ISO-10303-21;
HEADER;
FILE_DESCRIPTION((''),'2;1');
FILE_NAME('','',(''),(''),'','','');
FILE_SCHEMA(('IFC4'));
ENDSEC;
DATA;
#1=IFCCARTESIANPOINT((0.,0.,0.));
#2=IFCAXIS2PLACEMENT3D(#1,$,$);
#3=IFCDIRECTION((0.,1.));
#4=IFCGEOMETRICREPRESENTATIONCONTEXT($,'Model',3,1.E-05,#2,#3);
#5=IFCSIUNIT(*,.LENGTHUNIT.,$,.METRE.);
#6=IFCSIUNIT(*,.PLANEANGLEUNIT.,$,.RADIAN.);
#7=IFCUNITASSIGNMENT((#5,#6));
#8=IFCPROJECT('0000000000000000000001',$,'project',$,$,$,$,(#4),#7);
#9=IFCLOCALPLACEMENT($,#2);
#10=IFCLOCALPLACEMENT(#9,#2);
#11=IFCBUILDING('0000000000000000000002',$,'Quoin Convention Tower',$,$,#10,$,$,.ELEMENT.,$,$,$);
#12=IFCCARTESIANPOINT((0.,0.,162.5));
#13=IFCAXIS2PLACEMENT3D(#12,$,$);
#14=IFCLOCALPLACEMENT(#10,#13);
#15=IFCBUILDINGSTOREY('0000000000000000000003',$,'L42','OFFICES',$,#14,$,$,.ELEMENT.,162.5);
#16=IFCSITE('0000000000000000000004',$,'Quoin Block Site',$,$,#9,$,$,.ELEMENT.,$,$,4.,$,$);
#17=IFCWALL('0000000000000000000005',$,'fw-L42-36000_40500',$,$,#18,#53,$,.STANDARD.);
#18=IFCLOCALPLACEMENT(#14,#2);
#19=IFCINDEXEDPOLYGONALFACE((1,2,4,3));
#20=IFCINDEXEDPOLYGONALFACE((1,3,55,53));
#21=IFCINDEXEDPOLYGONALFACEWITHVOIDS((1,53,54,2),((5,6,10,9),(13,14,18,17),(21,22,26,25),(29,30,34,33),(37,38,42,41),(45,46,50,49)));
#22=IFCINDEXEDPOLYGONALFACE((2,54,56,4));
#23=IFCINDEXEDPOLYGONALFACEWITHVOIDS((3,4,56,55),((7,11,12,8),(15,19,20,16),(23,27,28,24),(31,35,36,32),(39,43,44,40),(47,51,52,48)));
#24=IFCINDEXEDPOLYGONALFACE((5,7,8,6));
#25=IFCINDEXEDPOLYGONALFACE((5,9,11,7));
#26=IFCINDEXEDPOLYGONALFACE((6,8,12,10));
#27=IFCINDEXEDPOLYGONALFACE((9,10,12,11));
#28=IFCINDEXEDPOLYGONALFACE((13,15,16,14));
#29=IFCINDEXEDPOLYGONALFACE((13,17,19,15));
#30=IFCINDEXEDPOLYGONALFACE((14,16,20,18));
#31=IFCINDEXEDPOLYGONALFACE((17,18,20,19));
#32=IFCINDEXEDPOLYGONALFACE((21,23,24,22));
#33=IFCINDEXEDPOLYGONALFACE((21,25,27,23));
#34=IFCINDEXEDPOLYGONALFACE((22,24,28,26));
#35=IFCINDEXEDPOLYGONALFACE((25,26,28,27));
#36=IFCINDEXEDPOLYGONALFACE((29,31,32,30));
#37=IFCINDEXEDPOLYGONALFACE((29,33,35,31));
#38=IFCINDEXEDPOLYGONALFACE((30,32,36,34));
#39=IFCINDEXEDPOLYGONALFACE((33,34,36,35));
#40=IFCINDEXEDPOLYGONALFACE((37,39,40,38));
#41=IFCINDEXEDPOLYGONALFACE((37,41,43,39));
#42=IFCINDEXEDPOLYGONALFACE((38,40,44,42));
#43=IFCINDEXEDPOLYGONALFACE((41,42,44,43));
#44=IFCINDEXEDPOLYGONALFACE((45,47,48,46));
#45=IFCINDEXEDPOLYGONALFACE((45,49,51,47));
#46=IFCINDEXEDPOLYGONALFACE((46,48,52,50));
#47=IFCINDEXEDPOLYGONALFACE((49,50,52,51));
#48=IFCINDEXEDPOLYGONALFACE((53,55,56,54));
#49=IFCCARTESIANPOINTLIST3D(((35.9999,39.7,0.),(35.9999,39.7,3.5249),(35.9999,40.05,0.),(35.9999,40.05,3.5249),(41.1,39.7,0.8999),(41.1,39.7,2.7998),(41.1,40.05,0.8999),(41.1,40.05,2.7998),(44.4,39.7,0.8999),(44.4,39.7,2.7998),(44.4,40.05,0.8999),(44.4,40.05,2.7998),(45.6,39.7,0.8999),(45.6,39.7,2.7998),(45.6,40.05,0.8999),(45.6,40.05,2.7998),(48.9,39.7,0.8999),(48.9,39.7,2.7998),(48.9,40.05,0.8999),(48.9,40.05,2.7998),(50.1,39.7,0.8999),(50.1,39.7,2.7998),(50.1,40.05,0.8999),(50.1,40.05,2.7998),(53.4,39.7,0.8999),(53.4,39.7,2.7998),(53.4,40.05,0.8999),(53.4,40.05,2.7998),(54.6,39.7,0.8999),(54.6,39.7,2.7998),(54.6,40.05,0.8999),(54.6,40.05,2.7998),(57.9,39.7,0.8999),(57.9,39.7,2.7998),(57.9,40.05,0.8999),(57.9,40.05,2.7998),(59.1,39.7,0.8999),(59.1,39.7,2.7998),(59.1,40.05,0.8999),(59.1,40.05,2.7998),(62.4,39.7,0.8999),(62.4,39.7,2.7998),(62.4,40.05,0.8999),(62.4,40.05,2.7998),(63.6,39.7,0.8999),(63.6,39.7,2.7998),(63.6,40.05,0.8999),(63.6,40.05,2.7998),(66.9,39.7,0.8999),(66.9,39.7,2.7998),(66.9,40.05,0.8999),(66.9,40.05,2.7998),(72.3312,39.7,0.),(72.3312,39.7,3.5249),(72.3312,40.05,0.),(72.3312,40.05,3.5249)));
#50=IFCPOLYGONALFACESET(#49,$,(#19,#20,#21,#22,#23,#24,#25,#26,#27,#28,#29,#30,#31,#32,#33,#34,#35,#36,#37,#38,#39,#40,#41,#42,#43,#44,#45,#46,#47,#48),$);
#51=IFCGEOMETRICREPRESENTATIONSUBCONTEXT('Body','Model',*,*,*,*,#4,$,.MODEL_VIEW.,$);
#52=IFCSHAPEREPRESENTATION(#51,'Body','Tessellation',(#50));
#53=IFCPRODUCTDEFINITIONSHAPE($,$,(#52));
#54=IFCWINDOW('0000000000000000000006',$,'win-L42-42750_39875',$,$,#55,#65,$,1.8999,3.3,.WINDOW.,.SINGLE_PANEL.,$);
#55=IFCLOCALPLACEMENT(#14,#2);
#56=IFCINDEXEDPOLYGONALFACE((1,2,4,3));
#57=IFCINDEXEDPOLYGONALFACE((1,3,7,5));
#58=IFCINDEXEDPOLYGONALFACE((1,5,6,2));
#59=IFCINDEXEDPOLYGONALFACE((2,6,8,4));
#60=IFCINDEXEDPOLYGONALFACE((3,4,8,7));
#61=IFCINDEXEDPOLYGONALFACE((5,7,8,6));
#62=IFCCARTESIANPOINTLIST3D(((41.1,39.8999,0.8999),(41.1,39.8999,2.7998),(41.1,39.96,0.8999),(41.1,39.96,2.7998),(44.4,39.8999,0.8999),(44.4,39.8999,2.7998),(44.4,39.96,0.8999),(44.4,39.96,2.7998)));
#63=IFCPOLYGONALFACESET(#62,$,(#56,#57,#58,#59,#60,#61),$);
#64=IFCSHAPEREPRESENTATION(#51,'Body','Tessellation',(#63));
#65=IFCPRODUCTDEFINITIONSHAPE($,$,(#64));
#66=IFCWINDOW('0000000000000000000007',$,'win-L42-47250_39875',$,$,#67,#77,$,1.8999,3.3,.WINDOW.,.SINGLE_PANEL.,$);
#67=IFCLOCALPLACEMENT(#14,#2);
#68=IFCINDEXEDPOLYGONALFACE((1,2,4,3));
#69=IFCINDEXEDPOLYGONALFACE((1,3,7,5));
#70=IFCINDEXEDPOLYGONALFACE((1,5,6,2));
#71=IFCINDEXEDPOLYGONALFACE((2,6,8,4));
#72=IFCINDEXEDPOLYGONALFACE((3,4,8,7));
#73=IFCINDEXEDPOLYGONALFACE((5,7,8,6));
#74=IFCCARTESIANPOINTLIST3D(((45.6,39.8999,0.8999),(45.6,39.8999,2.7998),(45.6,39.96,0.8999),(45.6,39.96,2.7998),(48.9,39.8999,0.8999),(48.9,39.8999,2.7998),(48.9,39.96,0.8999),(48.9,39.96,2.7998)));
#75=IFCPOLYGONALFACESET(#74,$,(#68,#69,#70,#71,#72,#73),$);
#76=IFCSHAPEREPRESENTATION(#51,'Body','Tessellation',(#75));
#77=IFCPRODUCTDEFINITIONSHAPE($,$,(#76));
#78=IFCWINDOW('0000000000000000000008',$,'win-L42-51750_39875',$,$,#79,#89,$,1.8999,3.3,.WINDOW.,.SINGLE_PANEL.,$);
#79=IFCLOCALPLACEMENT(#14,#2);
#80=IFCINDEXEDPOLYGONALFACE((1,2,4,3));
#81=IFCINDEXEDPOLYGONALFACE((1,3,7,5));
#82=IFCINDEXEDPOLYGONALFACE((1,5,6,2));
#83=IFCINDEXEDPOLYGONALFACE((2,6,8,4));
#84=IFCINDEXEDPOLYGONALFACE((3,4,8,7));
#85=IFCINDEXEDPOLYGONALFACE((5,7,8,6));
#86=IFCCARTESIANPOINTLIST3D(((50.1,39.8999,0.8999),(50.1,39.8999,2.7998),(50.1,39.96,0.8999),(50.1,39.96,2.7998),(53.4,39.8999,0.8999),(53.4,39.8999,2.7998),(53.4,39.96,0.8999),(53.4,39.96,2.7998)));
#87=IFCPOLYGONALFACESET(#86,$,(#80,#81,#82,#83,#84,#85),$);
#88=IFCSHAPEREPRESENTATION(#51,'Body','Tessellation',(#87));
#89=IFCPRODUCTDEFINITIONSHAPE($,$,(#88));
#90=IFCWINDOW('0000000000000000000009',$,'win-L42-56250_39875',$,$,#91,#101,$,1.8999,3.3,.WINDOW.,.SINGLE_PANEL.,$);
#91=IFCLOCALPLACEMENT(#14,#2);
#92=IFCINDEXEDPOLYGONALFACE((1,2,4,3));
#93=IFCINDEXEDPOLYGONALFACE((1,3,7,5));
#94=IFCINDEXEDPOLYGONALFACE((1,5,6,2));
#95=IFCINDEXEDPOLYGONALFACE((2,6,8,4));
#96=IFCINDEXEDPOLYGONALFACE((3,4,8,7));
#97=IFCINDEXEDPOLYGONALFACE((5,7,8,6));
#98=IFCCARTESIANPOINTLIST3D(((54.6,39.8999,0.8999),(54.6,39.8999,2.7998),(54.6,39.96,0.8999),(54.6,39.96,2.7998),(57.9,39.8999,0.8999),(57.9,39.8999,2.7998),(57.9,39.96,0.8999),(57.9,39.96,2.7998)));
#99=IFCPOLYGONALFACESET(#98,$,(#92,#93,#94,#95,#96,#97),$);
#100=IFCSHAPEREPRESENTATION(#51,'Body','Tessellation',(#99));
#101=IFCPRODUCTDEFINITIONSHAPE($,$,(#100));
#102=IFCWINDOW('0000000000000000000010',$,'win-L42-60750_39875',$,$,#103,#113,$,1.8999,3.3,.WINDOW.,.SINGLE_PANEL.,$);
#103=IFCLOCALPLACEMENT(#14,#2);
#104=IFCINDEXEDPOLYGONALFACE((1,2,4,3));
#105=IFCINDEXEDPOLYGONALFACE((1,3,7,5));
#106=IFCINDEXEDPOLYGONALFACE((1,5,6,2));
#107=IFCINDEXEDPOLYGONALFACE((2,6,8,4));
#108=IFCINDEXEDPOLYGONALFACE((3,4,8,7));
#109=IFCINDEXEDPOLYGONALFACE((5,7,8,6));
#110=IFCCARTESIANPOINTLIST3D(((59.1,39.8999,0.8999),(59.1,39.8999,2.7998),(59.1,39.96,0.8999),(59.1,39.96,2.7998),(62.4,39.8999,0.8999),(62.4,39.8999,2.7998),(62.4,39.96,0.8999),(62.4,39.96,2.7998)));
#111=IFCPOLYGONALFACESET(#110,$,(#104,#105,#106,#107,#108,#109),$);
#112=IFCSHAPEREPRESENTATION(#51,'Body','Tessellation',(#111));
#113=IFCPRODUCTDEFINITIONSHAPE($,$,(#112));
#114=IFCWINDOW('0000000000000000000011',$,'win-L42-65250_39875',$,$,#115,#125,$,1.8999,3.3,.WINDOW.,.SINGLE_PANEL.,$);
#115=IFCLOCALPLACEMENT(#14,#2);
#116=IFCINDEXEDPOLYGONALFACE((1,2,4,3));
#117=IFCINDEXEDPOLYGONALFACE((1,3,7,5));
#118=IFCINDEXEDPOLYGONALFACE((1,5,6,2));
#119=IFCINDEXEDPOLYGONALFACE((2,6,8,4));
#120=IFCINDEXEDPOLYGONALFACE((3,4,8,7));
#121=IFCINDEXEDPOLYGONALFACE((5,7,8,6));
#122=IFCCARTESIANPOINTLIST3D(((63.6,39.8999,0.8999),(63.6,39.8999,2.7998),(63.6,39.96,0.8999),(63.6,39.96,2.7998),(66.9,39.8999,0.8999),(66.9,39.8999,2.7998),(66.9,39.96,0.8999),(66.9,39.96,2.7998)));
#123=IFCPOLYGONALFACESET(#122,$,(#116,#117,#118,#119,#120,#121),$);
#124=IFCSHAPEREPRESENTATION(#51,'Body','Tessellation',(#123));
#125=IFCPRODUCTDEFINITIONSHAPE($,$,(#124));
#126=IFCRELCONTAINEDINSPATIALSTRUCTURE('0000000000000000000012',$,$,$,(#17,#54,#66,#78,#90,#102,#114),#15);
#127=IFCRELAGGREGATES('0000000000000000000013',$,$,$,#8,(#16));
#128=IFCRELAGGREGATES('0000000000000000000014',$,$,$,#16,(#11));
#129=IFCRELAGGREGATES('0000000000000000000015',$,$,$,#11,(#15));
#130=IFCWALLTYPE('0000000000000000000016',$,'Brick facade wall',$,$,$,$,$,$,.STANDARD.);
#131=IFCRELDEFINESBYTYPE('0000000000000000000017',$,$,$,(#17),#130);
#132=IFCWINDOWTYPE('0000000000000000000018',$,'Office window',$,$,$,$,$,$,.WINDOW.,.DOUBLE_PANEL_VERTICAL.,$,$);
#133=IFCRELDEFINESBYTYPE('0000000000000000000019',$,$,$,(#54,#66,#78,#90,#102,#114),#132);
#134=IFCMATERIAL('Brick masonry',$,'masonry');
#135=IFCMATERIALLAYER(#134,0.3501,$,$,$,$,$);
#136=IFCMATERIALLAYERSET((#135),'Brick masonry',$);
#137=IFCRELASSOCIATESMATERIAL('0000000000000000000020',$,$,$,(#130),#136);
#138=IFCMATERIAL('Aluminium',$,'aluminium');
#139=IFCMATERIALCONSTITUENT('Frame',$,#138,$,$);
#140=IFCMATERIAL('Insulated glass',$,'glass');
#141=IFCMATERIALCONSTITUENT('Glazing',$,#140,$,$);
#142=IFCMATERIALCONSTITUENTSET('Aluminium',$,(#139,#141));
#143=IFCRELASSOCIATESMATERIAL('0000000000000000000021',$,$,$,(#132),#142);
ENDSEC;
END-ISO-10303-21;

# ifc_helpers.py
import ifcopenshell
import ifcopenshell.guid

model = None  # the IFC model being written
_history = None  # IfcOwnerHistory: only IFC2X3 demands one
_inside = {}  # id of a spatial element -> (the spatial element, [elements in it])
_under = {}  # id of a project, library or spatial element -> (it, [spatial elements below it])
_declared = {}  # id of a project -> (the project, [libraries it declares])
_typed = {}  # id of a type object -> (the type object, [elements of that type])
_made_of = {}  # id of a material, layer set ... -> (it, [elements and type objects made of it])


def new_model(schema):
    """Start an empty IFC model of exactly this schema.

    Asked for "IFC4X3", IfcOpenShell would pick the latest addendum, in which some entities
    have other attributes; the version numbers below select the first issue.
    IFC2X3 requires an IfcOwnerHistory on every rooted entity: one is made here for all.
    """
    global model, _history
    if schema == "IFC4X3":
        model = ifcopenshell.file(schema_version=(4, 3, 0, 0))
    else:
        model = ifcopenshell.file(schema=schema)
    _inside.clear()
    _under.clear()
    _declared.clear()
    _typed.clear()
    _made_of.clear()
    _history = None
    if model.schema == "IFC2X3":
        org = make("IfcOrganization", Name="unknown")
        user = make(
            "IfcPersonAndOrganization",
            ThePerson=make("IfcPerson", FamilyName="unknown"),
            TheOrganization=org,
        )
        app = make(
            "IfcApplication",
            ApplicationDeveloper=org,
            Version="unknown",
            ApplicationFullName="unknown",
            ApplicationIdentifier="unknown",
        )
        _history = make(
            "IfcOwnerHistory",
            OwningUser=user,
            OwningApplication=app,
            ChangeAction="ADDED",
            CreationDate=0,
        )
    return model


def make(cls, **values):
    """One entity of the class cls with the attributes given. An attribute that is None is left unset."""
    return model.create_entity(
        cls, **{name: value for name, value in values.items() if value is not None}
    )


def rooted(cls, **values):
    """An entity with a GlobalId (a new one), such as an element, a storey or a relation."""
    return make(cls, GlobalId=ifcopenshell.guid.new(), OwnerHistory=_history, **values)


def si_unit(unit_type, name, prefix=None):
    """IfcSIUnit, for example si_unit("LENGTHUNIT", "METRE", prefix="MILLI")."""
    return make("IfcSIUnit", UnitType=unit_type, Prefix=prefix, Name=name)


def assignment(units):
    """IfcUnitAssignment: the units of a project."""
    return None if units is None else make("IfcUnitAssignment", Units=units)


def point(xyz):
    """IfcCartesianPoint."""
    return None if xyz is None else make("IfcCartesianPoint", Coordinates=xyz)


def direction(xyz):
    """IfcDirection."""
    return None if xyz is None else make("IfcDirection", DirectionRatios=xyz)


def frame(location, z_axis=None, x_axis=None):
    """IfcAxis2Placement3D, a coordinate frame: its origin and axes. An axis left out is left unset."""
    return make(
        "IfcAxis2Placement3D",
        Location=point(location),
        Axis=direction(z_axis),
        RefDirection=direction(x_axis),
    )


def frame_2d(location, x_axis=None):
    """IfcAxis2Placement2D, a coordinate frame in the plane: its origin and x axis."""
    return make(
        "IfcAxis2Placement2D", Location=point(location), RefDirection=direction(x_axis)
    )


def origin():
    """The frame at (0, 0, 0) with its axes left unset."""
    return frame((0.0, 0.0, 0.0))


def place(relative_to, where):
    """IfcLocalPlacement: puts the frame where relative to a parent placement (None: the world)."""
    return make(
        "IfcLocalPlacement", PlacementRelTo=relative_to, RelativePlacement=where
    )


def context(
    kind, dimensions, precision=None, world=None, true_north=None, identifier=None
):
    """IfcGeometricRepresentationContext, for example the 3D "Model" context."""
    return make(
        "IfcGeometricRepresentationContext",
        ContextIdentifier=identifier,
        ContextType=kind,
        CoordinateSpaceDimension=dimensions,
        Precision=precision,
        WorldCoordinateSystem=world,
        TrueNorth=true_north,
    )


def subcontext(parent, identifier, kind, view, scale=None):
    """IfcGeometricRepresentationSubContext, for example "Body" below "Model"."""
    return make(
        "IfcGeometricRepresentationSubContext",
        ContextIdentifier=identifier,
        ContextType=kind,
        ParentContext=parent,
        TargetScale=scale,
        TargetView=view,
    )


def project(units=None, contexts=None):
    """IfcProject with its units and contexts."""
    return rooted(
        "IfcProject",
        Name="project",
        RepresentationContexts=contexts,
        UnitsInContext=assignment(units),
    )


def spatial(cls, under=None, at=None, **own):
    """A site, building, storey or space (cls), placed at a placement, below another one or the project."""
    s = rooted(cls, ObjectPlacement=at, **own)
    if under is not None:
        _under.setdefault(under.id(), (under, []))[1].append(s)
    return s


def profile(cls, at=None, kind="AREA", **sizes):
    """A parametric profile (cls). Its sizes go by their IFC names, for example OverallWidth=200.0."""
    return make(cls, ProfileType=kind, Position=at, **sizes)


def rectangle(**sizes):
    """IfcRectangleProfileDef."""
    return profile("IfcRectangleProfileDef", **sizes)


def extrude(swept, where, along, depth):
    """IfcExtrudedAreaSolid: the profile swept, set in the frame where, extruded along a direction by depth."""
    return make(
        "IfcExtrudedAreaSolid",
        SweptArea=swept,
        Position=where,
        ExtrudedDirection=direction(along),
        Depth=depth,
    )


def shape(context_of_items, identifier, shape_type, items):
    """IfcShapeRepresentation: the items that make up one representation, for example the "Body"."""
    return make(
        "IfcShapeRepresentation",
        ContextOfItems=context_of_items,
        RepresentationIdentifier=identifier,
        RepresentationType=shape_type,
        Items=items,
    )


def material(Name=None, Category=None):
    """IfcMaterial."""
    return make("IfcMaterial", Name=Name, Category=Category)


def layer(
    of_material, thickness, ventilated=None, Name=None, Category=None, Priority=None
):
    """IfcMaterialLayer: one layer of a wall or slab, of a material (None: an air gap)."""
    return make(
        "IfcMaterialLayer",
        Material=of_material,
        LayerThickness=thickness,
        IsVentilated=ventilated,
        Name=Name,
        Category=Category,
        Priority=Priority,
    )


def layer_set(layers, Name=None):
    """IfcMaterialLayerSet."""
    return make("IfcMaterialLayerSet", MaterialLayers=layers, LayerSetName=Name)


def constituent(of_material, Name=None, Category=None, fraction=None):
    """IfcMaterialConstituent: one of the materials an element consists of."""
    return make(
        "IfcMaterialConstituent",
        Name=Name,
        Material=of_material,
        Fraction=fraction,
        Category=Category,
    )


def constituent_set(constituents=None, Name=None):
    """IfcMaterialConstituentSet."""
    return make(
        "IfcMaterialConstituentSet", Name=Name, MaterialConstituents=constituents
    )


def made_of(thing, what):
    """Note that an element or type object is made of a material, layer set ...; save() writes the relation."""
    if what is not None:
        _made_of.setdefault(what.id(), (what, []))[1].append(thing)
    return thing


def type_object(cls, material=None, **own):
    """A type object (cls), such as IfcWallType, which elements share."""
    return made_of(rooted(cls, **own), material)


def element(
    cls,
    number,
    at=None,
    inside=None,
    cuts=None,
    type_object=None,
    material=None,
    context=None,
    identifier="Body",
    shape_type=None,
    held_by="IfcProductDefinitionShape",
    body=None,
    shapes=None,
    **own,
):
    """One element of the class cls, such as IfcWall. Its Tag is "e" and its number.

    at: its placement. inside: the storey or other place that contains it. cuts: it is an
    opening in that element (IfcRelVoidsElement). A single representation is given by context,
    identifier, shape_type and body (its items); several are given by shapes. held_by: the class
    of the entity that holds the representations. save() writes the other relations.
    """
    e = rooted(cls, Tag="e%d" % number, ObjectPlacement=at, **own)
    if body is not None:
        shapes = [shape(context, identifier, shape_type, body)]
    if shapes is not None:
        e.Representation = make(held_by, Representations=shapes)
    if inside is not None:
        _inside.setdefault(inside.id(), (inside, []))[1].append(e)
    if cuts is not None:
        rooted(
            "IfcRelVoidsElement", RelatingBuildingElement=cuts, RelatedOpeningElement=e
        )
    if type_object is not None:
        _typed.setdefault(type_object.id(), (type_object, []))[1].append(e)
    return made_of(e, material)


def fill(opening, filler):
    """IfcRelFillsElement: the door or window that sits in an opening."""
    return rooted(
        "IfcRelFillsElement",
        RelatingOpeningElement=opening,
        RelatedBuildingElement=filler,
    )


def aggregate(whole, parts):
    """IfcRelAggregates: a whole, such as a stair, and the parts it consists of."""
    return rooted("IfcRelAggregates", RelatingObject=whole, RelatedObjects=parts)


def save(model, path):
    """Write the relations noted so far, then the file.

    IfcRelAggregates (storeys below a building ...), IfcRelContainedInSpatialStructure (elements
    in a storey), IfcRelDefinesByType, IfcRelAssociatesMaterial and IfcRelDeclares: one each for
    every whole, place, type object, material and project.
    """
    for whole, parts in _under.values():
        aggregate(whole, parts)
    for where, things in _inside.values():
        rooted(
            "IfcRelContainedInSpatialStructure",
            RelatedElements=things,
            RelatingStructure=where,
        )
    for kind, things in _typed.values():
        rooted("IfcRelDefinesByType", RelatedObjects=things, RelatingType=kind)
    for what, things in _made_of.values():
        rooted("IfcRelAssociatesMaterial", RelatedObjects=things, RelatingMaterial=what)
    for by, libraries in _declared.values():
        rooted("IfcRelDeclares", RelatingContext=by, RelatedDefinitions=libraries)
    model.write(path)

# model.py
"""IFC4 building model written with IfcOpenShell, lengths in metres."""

from ifc_helpers import new_model, si_unit, direction, frame, frame_2d, origin, place, context, subcontext, project, spatial, rectangle, extrude, material, layer, layer_set, constituent, constituent_set, type_object, element, fill, save


model = new_model("IFC4")

# Units and contexts
model_context = context("Model", 3, precision=1e-05, world=origin(), true_north=direction((0.0, 1.0)))
body_context = subcontext(model_context, "Body", "Model", "MODEL_VIEW")
ifc_project = project(units=[si_unit("LENGTHUNIT", "METRE"), si_unit("PLANEANGLEUNIT", "RADIAN")], contexts=[model_context])

# Site, building, storey
site_placement = place(None, origin())
site = spatial("IfcSite", under=ifc_project, at=site_placement, Name="Quoin Block Site", CompositionType="ELEMENT", RefElevation=4.0)
building_placement = place(site_placement, origin())
building = spatial("IfcBuilding", under=site, at=building_placement, Name="Quoin Convention Tower", CompositionType="ELEMENT")
storey_placement = place(building_placement, frame((0.0, 0.0, 162.5)))
storey = spatial("IfcBuildingStorey", under=building, at=storey_placement, Name="L42", Description="OFFICES", CompositionType="ELEMENT", Elevation=162.5)

# Wall, openings, windows
ifc_material_1 = material(Name="Brick masonry", Category="masonry")
ifc_layer_1 = layer(ifc_material_1, 0.3501)
ifc_layer_set_1 = layer_set([ifc_layer_1], Name="Brick masonry")
wall_type = type_object("IfcWallType", Name="Brick facade wall", PredefinedType="STANDARD", material=ifc_layer_set_1)
wall_1_placement = place(storey_placement, frame((36.0, 39.875, 0.0), z_axis=(0.0, 0.0, 1.0), x_axis=(1.0, 0.0, 0.0)))
wall_1 = element("IfcWall", 1, at=wall_1_placement, inside=storey, type_object=wall_type, Name="fw-L42-36000_40500", PredefinedType="STANDARD", context=body_context, shape_type="SweptSolid", body=[
    extrude(rectangle(XDim=36.3313, YDim=0.3501, at=frame_2d((18.1655, 0.0))), origin(), (0.0, 0.0, 1.0), 3.5249),
])
opening_1_placement = place(wall_1_placement, frame((5.1001, 0.0, 0.8999)))
opening_1 = element("IfcOpeningElement", 2, at=opening_1_placement, cuts=wall_1, PredefinedType="OPENING", context=body_context, shape_type="SweptSolid", body=[
    extrude(rectangle(XDim=3.3, YDim=1.8999, at=frame_2d((1.6499, 0.95))), frame((0.0, 0.1851, 0.0), z_axis=(0.0, -1.0, 0.0), x_axis=(1.0, 0.0, 0.0)), (0.0, 0.0, 1.0), 0.3701),
])
opening_2_placement = place(wall_1_placement, frame((9.6001, 0.0, 0.8999)))
opening_2 = element("IfcOpeningElement", 3, at=opening_2_placement, cuts=wall_1, PredefinedType="OPENING", context=body_context, shape_type="SweptSolid", body=[
    extrude(rectangle(XDim=3.3, YDim=1.8999, at=frame_2d((1.6499, 0.95))), frame((0.0, 0.1851, 0.0), z_axis=(0.0, -1.0, 0.0), x_axis=(1.0, 0.0, 0.0)), (0.0, 0.0, 1.0), 0.3701),
])
opening_3_placement = place(wall_1_placement, frame((14.1001, 0.0, 0.8999)))
opening_3 = element("IfcOpeningElement", 4, at=opening_3_placement, cuts=wall_1, PredefinedType="OPENING", context=body_context, shape_type="SweptSolid", body=[
    extrude(rectangle(XDim=3.3, YDim=1.8999, at=frame_2d((1.6499, 0.95))), frame((0.0, 0.1851, 0.0), z_axis=(0.0, -1.0, 0.0), x_axis=(1.0, 0.0, 0.0)), (0.0, 0.0, 1.0), 0.3701),
])
opening_4_placement = place(wall_1_placement, frame((18.6001, 0.0, 0.8999)))
opening_4 = element("IfcOpeningElement", 5, at=opening_4_placement, cuts=wall_1, PredefinedType="OPENING", context=body_context, shape_type="SweptSolid", body=[
    extrude(rectangle(XDim=3.3, YDim=1.8999, at=frame_2d((1.6499, 0.95))), frame((0.0, 0.1851, 0.0), z_axis=(0.0, -1.0, 0.0), x_axis=(1.0, 0.0, 0.0)), (0.0, 0.0, 1.0), 0.3701),
])
opening_5_placement = place(wall_1_placement, frame((23.1001, 0.0, 0.8999)))
opening_5 = element("IfcOpeningElement", 6, at=opening_5_placement, cuts=wall_1, PredefinedType="OPENING", context=body_context, shape_type="SweptSolid", body=[
    extrude(rectangle(XDim=3.3, YDim=1.8999, at=frame_2d((1.6499, 0.95))), frame((0.0, 0.1851, 0.0), z_axis=(0.0, -1.0, 0.0), x_axis=(1.0, 0.0, 0.0)), (0.0, 0.0, 1.0), 0.3701),
])
opening_6_placement = place(wall_1_placement, frame((27.6001, 0.0, 0.8999)))
opening_6 = element("IfcOpeningElement", 7, at=opening_6_placement, cuts=wall_1, PredefinedType="OPENING", context=body_context, shape_type="SweptSolid", body=[
    extrude(rectangle(XDim=3.3, YDim=1.8999, at=frame_2d((1.6499, 0.95))), frame((0.0, 0.1851, 0.0), z_axis=(0.0, -1.0, 0.0), x_axis=(1.0, 0.0, 0.0)), (0.0, 0.0, 1.0), 0.3701),
])
ifc_material_2 = material(Name="Aluminium", Category="aluminium")
ifc_constituent_1 = constituent(ifc_material_2, Name="Frame")
ifc_material_3 = material(Name="Insulated glass", Category="glass")
ifc_constituent_2 = constituent(ifc_material_3, Name="Glazing")
ifc_constituent_set = constituent_set(constituents=[ifc_constituent_1, ifc_constituent_2], Name="Aluminium")
window_type = type_object("IfcWindowType", Name="Office window", PartitioningType="DOUBLE_PANEL_VERTICAL", PredefinedType="WINDOW", material=ifc_constituent_set)
window_1_placement = place(opening_1_placement, origin())
window_1 = element("IfcWindow", 8, at=window_1_placement, inside=storey, type_object=window_type, Name="win-L42-42750_39875", OverallHeight=1.8999, OverallWidth=3.3, PartitioningType="SINGLE_PANEL", PredefinedType="WINDOW", context=body_context, shape_type="SweptSolid", body=[
    extrude(rectangle(XDim=3.3, YDim=1.8999, at=frame_2d((1.6499, 0.95))), frame((0.0, 0.085, 0.0), z_axis=(0.0, -1.0, 0.0), x_axis=(1.0, 0.0, 0.0)), (0.0, 0.0, 1.0), 0.0601),
])
fill(opening_1, window_1)
window_2_placement = place(opening_2_placement, origin())
window_2 = element("IfcWindow", 9, at=window_2_placement, inside=storey, type_object=window_type, Name="win-L42-47250_39875", OverallHeight=1.8999, OverallWidth=3.3, PartitioningType="SINGLE_PANEL", PredefinedType="WINDOW", context=body_context, shape_type="SweptSolid", body=[
    extrude(rectangle(XDim=3.3, YDim=1.8999, at=frame_2d((1.6499, 0.95))), frame((0.0, 0.085, 0.0), z_axis=(0.0, -1.0, 0.0), x_axis=(1.0, 0.0, 0.0)), (0.0, 0.0, 1.0), 0.0601),
])
fill(opening_2, window_2)
window_3_placement = place(opening_3_placement, origin())
window_3 = element("IfcWindow", 10, at=window_3_placement, inside=storey, type_object=window_type, Name="win-L42-51750_39875", OverallHeight=1.8999, OverallWidth=3.3, PartitioningType="SINGLE_PANEL", PredefinedType="WINDOW", context=body_context, shape_type="SweptSolid", body=[
    extrude(rectangle(XDim=3.3, YDim=1.8999, at=frame_2d((1.6499, 0.95))), frame((0.0, 0.085, 0.0), z_axis=(0.0, -1.0, 0.0), x_axis=(1.0, 0.0, 0.0)), (0.0, 0.0, 1.0), 0.0601),
])
fill(opening_3, window_3)
window_4_placement = place(opening_4_placement, origin())
window_4 = element("IfcWindow", 11, at=window_4_placement, inside=storey, type_object=window_type, Name="win-L42-56250_39875", OverallHeight=1.8999, OverallWidth=3.3, PartitioningType="SINGLE_PANEL", PredefinedType="WINDOW", context=body_context, shape_type="SweptSolid", body=[
    extrude(rectangle(XDim=3.3, YDim=1.8999, at=frame_2d((1.6499, 0.95))), frame((0.0, 0.085, 0.0), z_axis=(0.0, -1.0, 0.0), x_axis=(1.0, 0.0, 0.0)), (0.0, 0.0, 1.0), 0.0601),
])
fill(opening_4, window_4)
window_5_placement = place(opening_5_placement, origin())
window_5 = element("IfcWindow", 12, at=window_5_placement, inside=storey, type_object=window_type, Name="win-L42-60750_39875", OverallHeight=1.8999, OverallWidth=3.3, PartitioningType="SINGLE_PANEL", PredefinedType="WINDOW", context=body_context, shape_type="SweptSolid", body=[
    extrude(rectangle(XDim=3.3, YDim=1.8999, at=frame_2d((1.6499, 0.95))), frame((0.0, 0.085, 0.0), z_axis=(0.0, -1.0, 0.0), x_axis=(1.0, 0.0, 0.0)), (0.0, 0.0, 1.0), 0.0601),
])
fill(opening_5, window_5)
window_6_placement = place(opening_6_placement, origin())
window_6 = element("IfcWindow", 13, at=window_6_placement, inside=storey, type_object=window_type, Name="win-L42-65250_39875", OverallHeight=1.8999, OverallWidth=3.3, PartitioningType="SINGLE_PANEL", PredefinedType="WINDOW", context=body_context, shape_type="SweptSolid", body=[
    extrude(rectangle(XDim=3.3, YDim=1.8999, at=frame_2d((1.6499, 0.95))), frame((0.0, 0.085, 0.0), z_axis=(0.0, -1.0, 0.0), x_axis=(1.0, 0.0, 0.0)), (0.0, 0.0, 1.0), 0.0601),
])
fill(opening_6, window_6)

save(model, "model.ifc")
